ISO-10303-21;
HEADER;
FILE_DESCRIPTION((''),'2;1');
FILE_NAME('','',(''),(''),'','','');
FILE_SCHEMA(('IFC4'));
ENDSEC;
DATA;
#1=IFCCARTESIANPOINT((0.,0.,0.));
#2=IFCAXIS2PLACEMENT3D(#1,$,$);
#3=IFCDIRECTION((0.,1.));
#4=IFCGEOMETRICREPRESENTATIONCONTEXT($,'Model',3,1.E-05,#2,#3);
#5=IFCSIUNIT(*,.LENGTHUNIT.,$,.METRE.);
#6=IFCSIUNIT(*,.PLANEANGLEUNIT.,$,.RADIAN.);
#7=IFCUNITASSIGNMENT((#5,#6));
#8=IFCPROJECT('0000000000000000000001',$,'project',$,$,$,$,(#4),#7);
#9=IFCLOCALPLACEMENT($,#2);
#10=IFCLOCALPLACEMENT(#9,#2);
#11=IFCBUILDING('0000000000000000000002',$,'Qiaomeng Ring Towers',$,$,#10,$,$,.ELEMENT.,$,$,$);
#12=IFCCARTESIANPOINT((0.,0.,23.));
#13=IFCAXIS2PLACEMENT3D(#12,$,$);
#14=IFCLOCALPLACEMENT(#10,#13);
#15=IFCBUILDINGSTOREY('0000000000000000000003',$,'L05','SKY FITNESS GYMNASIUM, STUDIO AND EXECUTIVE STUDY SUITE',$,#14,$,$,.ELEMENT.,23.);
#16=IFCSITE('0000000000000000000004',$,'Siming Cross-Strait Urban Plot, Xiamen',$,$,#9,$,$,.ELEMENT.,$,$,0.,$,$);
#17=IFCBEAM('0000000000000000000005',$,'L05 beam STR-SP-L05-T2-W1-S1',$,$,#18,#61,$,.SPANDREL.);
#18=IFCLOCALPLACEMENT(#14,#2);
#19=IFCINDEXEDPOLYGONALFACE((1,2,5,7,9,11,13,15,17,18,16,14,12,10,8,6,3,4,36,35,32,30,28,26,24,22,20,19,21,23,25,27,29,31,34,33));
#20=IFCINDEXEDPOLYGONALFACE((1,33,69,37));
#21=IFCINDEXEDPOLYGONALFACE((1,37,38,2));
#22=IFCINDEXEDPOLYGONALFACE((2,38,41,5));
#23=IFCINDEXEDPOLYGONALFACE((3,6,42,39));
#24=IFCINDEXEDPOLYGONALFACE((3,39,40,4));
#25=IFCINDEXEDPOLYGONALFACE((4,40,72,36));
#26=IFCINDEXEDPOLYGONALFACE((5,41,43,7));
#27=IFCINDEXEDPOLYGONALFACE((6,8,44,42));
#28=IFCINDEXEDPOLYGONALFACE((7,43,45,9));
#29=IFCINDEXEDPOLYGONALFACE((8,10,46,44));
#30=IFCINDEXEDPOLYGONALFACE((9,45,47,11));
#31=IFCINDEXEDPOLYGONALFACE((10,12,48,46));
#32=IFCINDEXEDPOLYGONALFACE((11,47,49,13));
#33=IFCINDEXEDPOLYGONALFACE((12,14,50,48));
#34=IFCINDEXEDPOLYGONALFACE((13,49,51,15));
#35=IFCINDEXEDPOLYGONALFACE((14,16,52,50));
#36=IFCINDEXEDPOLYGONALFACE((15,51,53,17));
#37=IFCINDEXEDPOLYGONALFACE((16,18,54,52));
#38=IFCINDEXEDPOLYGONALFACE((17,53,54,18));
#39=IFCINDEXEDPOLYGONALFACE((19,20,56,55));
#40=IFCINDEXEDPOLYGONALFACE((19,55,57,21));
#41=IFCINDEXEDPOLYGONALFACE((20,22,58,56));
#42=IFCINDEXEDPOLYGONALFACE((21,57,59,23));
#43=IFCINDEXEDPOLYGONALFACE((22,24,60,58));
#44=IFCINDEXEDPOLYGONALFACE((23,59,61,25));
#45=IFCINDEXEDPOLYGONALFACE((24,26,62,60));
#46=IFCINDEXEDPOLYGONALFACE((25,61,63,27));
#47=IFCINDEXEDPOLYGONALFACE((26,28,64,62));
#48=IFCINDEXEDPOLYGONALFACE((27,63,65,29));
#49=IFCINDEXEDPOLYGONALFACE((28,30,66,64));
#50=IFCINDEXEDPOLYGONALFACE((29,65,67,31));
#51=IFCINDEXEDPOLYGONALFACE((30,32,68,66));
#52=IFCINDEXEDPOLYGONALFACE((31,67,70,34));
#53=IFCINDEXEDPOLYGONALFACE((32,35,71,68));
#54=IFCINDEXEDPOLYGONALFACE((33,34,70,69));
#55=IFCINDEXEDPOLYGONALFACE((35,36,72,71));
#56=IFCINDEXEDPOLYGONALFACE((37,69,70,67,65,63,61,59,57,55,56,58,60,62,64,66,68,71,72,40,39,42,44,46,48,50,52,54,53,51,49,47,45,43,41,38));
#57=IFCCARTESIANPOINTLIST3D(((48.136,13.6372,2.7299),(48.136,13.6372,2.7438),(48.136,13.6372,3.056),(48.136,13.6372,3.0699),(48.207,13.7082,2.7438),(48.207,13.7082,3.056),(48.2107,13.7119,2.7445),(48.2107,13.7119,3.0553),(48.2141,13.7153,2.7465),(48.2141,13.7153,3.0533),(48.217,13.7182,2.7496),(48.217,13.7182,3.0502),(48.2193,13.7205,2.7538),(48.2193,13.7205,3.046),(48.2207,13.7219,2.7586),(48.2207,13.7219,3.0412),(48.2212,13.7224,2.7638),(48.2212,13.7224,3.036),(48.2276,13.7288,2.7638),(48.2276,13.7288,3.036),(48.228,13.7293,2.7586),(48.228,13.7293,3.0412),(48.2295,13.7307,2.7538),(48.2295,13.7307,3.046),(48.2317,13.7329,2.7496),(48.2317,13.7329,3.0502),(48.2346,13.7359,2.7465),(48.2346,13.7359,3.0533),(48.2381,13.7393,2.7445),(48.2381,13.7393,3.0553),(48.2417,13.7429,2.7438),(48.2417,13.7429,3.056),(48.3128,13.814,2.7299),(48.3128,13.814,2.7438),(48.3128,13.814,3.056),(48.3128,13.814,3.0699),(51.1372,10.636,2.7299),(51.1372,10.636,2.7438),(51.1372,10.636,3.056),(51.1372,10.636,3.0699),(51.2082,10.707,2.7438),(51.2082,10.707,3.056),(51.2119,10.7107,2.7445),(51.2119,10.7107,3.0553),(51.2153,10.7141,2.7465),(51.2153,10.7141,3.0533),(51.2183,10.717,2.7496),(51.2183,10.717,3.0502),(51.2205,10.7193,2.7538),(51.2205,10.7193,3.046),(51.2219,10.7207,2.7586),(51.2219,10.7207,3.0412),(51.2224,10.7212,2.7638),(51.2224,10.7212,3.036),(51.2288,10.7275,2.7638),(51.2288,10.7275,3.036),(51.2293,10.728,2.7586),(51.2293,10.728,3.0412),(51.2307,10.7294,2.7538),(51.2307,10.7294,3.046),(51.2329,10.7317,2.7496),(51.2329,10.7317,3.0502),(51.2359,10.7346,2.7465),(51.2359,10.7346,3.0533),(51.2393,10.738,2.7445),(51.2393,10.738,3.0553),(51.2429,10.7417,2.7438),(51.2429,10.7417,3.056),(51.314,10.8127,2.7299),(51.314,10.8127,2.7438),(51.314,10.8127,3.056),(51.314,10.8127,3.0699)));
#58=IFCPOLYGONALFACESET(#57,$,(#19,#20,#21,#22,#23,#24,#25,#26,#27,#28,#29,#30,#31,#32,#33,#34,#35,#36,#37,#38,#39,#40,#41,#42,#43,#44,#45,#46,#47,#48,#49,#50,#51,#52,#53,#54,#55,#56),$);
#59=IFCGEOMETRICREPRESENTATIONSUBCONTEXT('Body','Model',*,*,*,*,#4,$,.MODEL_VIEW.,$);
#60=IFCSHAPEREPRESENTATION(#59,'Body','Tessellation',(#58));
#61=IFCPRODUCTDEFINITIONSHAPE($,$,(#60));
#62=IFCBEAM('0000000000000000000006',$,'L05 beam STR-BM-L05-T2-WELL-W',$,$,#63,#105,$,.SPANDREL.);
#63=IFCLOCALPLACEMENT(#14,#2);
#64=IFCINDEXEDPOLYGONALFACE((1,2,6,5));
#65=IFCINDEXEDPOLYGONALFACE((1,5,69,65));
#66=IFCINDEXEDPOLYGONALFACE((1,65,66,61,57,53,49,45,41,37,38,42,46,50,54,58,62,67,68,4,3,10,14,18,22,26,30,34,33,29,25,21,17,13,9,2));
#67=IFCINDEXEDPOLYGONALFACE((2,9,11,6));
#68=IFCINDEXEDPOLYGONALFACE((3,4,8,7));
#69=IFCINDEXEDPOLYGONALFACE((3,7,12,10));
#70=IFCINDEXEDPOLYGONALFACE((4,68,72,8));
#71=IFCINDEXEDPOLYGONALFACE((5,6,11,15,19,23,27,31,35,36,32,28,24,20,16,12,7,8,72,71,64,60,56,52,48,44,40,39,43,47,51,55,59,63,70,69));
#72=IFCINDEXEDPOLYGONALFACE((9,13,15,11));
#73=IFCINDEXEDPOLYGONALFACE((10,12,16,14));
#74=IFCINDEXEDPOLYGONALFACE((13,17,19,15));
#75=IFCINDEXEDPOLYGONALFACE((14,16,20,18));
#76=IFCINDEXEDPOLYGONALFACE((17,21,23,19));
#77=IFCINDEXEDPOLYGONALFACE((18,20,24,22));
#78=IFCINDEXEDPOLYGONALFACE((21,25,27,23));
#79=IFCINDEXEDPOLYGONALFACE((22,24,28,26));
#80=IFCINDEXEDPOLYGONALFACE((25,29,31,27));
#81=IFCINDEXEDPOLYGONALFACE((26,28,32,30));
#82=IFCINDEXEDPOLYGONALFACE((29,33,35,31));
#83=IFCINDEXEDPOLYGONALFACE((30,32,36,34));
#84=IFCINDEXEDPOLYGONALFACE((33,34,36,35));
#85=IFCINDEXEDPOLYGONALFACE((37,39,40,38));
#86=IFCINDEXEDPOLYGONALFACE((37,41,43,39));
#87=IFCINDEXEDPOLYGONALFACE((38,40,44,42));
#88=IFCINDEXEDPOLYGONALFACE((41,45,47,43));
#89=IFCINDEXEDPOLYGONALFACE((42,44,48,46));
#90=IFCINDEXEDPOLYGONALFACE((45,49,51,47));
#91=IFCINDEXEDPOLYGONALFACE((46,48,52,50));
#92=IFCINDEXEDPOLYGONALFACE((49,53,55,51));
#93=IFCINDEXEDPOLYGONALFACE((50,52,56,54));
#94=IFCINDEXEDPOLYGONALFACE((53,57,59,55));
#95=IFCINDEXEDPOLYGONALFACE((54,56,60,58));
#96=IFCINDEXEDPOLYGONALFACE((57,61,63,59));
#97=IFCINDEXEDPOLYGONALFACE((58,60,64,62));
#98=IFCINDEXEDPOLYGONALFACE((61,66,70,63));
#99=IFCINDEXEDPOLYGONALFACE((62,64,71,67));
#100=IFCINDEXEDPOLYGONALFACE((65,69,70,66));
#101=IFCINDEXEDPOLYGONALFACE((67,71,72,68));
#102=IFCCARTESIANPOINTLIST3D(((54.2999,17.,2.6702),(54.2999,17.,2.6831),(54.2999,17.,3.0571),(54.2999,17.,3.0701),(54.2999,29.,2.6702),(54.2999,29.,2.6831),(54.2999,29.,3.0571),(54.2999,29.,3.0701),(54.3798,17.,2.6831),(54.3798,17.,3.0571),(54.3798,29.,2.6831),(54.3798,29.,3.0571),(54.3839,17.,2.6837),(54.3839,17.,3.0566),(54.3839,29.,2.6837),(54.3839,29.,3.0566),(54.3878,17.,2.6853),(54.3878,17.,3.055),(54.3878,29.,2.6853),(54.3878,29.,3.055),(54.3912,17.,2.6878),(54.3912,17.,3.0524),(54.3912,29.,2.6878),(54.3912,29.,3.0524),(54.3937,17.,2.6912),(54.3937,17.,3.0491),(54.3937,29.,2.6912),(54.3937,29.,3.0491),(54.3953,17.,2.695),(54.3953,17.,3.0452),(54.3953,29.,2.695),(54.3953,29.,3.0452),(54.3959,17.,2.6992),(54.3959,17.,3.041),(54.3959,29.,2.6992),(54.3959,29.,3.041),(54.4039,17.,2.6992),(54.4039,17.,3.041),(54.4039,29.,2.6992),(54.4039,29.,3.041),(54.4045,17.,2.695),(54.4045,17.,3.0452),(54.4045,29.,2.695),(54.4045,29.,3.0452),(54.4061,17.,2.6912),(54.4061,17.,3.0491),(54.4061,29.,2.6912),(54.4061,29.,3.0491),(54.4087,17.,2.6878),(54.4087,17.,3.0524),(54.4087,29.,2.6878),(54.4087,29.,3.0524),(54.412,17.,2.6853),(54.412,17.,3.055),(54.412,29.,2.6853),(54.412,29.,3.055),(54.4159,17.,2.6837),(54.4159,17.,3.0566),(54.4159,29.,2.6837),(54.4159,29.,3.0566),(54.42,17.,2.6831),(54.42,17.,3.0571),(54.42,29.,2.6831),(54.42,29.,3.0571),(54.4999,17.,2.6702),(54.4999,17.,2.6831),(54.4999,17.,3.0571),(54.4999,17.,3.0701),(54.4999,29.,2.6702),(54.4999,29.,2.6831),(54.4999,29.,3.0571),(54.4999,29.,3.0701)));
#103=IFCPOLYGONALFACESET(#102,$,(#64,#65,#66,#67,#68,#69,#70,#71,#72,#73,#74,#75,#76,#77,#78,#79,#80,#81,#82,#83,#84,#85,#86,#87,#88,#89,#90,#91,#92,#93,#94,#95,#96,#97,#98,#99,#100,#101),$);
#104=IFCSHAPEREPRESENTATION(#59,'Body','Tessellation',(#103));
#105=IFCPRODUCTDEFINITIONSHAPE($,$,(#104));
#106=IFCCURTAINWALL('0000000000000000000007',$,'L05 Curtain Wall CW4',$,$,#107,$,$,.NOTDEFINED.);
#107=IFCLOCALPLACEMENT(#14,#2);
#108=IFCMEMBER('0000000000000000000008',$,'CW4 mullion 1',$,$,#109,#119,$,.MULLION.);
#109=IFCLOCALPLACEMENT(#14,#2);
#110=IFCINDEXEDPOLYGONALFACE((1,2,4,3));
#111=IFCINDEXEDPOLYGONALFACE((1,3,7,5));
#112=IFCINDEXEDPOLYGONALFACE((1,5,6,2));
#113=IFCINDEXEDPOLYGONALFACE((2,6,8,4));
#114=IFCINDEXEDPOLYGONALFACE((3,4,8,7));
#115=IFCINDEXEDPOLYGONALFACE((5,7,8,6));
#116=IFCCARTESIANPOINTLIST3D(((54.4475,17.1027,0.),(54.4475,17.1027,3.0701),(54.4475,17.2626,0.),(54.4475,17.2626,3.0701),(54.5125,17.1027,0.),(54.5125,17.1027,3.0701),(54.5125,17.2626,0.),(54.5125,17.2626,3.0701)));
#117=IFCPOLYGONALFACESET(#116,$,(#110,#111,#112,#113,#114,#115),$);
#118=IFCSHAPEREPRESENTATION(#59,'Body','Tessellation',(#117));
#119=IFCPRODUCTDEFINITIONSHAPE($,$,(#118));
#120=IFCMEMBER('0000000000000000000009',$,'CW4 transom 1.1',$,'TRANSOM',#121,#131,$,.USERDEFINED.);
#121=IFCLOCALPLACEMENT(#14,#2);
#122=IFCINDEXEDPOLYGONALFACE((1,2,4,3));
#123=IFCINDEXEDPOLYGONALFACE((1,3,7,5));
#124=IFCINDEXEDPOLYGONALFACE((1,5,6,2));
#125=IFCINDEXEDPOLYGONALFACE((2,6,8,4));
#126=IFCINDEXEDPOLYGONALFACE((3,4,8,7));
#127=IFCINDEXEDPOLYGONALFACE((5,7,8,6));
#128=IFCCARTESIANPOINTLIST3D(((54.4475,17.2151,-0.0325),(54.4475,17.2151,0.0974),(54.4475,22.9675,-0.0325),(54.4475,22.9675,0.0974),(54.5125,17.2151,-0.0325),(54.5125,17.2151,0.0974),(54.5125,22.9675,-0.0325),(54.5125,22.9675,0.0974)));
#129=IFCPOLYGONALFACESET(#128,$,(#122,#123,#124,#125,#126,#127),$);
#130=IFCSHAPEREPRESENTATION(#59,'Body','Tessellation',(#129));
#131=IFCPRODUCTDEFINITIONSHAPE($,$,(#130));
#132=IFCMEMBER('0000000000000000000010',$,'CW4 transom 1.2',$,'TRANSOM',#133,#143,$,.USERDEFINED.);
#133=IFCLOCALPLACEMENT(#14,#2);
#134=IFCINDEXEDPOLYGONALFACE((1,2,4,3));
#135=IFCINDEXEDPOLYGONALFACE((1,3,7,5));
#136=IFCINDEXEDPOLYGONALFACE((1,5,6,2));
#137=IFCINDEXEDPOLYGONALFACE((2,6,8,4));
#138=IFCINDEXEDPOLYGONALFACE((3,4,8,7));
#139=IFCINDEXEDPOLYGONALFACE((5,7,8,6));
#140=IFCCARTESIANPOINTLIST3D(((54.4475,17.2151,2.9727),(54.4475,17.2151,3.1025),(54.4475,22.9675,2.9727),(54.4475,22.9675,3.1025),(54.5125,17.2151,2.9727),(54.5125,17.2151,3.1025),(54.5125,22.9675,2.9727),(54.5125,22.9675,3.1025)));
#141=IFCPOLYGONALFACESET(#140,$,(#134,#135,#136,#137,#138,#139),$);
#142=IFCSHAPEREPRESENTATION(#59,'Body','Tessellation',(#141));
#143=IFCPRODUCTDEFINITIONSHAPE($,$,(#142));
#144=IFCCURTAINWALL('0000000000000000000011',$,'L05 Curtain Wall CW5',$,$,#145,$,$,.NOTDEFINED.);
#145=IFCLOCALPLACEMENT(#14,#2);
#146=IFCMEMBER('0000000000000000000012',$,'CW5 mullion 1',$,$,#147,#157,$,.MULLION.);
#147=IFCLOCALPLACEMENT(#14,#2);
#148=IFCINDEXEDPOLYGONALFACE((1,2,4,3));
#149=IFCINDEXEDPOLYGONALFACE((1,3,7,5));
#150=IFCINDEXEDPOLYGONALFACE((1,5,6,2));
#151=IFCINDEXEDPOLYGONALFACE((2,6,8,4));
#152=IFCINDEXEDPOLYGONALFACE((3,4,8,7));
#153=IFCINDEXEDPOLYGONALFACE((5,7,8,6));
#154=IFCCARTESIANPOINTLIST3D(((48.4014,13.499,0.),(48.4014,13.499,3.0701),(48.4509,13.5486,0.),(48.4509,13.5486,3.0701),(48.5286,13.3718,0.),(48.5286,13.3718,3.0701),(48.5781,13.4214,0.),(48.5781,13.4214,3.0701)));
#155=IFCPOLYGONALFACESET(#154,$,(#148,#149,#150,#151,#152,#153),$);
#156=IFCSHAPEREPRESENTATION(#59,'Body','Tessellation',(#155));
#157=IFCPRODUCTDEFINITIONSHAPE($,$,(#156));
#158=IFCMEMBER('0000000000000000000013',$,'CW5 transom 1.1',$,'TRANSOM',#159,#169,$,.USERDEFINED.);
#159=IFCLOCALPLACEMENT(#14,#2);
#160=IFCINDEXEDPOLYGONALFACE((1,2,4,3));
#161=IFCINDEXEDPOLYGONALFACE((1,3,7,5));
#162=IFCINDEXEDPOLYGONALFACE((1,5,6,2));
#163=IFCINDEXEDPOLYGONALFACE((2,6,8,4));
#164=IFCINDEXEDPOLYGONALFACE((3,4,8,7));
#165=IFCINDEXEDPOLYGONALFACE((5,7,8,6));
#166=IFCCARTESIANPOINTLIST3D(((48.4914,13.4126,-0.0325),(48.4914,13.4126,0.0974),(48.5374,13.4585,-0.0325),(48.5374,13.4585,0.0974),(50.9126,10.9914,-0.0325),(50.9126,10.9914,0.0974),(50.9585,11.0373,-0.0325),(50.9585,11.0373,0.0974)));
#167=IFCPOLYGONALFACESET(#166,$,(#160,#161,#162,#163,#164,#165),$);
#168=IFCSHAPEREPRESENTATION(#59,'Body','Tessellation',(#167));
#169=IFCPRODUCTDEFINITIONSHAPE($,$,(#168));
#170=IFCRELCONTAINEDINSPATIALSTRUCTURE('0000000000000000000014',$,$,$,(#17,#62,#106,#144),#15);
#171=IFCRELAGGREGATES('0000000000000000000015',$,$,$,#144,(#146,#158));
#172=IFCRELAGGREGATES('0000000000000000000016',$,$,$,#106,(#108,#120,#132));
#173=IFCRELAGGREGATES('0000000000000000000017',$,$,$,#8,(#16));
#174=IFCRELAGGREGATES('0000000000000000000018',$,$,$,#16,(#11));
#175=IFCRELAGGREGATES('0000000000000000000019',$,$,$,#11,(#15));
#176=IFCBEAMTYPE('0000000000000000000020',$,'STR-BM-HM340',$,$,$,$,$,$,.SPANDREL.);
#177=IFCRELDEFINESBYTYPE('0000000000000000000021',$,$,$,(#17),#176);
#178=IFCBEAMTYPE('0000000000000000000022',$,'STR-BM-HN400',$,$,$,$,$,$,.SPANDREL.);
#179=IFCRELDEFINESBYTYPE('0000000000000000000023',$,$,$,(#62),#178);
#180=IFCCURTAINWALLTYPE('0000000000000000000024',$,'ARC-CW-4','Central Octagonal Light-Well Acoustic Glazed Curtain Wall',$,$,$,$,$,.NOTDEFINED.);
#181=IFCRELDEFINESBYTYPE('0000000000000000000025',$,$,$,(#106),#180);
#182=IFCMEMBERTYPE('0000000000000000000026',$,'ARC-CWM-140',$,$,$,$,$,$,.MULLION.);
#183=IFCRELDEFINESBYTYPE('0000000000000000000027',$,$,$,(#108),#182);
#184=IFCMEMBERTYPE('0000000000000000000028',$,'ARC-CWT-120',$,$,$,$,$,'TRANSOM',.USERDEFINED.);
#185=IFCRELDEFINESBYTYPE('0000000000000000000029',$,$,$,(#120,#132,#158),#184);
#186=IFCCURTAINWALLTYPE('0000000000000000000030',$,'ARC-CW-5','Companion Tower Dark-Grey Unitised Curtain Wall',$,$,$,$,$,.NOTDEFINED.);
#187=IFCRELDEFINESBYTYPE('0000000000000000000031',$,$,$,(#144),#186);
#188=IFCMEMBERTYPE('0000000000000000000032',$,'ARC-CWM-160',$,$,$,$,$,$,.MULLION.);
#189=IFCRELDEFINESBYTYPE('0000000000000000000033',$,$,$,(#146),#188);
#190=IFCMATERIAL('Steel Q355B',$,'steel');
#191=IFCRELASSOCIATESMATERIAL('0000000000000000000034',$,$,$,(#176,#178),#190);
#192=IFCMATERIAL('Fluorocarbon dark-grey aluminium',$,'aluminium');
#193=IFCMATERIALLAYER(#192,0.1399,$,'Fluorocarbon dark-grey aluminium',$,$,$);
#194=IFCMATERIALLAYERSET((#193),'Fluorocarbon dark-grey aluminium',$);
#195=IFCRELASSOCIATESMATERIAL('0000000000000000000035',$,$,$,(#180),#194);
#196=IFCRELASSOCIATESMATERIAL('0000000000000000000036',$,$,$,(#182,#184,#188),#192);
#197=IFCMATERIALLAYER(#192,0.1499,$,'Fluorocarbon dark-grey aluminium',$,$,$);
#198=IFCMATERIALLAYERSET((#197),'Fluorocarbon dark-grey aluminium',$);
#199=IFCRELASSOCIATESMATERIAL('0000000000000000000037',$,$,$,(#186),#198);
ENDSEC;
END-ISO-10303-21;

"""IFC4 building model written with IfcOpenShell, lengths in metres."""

from ifc_helpers import new_model, si_unit, direction, frame, origin, origin_2d, place, context, subcontext, project, spatial, rectangle, i_section, extrude, source, transform, mapped, material, layer, layer_set, material_profile, profile_set, type_object, element, aggregate, save


model = new_model("IFC4")

# Units and contexts
model_context = context("Model", 3, precision=1e-05, world=origin(), true_north=direction((0.0, 1.0)))
body_context = subcontext(model_context, "Body", "Model", "MODEL_VIEW")
ifc_project = project(units=[si_unit("LENGTHUNIT", "METRE"), si_unit("PLANEANGLEUNIT", "RADIAN")], contexts=[model_context])

# Site, building, storey
site_placement = place(None, origin())
site = spatial("IfcSite", under=ifc_project, at=site_placement, Name="Siming Cross-Strait Urban Plot, Xiamen", CompositionType="ELEMENT", RefElevation=0.0)
building_placement = place(site_placement, origin())
building = spatial("IfcBuilding", under=site, at=building_placement, Name="Qiaomeng Ring Towers", CompositionType="ELEMENT")
storey_placement = place(building_placement, frame((0.0, 0.0, 23.0)))
storey = spatial("IfcBuildingStorey", under=building, at=storey_placement, Name="L05", Description="SKY FITNESS GYMNASIUM, STUDIO AND EXECUTIVE STUDY SUITE", CompositionType="ELEMENT", Elevation=23.0)

# Beams
ifc_material_1 = material(Name="Steel Q355B", Category="steel")
ifc_material_profile_1 = material_profile(ifc_material_1, i_section(OverallWidth=0.25, OverallDepth=0.3401, WebThickness=0.009, FlangeThickness=0.0139, FilletRadius=0.02, at=origin_2d()), Name="HM 340x250x9x14")
ifc_profile_set_1 = profile_set([ifc_material_profile_1], Name="Steel Q355B")
beam_type_1 = type_object("IfcBeamType", Name="STR-BM-HM340", PredefinedType="SPANDREL", material=ifc_profile_set_1)
shared_shape_1 = source(origin(), body_context, "Body", "SweptSolid", [
    extrude(i_section(OverallWidth=0.25, OverallDepth=0.3401, WebThickness=0.009, FlangeThickness=0.0139, FilletRadius=0.02, at=origin_2d()), origin(), (0.0, 0.0, 1.0), 4.2444),
])
beam_1_placement = place(storey_placement, frame((48.2244, 13.7256, 2.8999), z_axis=(0.707107, -0.707107, 0.0), x_axis=(0.707107, 0.707107, 0.0)))
element("IfcBeam", 1, at=beam_1_placement, inside=storey, type_object=beam_type_1, Name="L05 beam STR-SP-L05-T2-W1-S1", PredefinedType="SPANDREL", context=body_context, shape_type="MappedRepresentation", body=[
    mapped(shared_shape_1, transform((0.0, 0.0, 0.0), x_axis=(1.0, 0.0, 0.0), y_axis=(0.0, 1.0, 0.0), z_axis=(0.0, 0.0, 1.0), scale=1.0)),
])
ifc_material_profile_2 = material_profile(ifc_material_1, i_section(OverallWidth=0.2, OverallDepth=0.3999, WebThickness=0.0081, FlangeThickness=0.0129, FilletRadius=0.0161, at=origin_2d()), Name="HN 400x200x8x13")
ifc_profile_set_2 = profile_set([ifc_material_profile_2], Name="Steel Q355B")
beam_type_2 = type_object("IfcBeamType", Name="STR-BM-HN400", PredefinedType="SPANDREL", material=ifc_profile_set_2)
shared_shape_2 = source(origin(), body_context, "Body", "SweptSolid", [
    extrude(i_section(OverallWidth=0.2, OverallDepth=0.3999, WebThickness=0.0081, FlangeThickness=0.0129, FilletRadius=0.0161, at=origin_2d()), origin(), (0.0, 0.0, 1.0), 12.0),
])
beam_2_placement = place(storey_placement, frame((54.3999, 17.0, 2.8701), z_axis=(0.0, 1.0, 0.0), x_axis=(-1.0, 0.0, 0.0)))
element("IfcBeam", 2, at=beam_2_placement, inside=storey, type_object=beam_type_2, Name="L05 beam STR-BM-L05-T2-WELL-W", PredefinedType="SPANDREL", context=body_context, shape_type="MappedRepresentation", body=[
    mapped(shared_shape_2, transform((0.0, 0.0, 0.0), x_axis=(1.0, 0.0, 0.0), y_axis=(0.0, 1.0, 0.0), z_axis=(0.0, 0.0, 1.0), scale=1.0)),
])

# Curtain walls, members
ifc_material_2 = material(Name="Fluorocarbon dark-grey aluminium", Category="aluminium")
ifc_layer_1 = layer(ifc_material_2, 0.1399, Name="Fluorocarbon dark-grey aluminium")
ifc_layer_set_1 = layer_set([ifc_layer_1], Name="Fluorocarbon dark-grey aluminium")
curtain_wall_type_1 = type_object("IfcCurtainWallType", Name="ARC-CW-4", Description="Central Octagonal Light-Well Acoustic Glazed Curtain Wall", PredefinedType="NOTDEFINED", material=ifc_layer_set_1)
curtain_wall_1_placement = place(storey_placement, origin())
curtain_wall_1 = element("IfcCurtainWall", 3, at=curtain_wall_1_placement, inside=storey, type_object=curtain_wall_type_1, Name="L05 Curtain Wall CW4", PredefinedType="NOTDEFINED")
ifc_material_profile_3 = material_profile(ifc_material_2, rectangle(XDim=0.0649, YDim=0.1599, at=origin_2d()), Name="ALU MULL 65x160")
ifc_profile_set_3 = profile_set([ifc_material_profile_3], Name="Fluorocarbon dark-grey aluminium")
member_type_1 = type_object("IfcMemberType", Name="ARC-CWM-140", PredefinedType="MULLION", material=ifc_profile_set_3)
shared_shape_3 = source(origin(), body_context, "Body", "SweptSolid", [
    extrude(rectangle(XDim=0.0649, YDim=0.1599, at=origin_2d()), origin(), (0.0, 0.0, 1.0), 3.0701),
])
member_1_placement = place(storey_placement, frame((54.48, 17.1826, 0.0), z_axis=(0.0, 0.0, 1.0), x_axis=(-1.0, 0.0, 0.0)))
member_1 = element("IfcMember", 4, at=member_1_placement, type_object=member_type_1, Name="CW4 mullion 1", PredefinedType="MULLION", context=body_context, shape_type="MappedRepresentation", body=[
    mapped(shared_shape_3, transform((0.0, 0.0, 0.0), x_axis=(1.0, 0.0, 0.0), y_axis=(0.0, 1.0, 0.0), z_axis=(0.0, 0.0, 1.0), scale=1.0)),
])
ifc_material_profile_4 = material_profile(ifc_material_2, rectangle(XDim=0.0649, YDim=0.1299, at=origin_2d()), Name="ALU TRAN 65x130")
ifc_profile_set_4 = profile_set([ifc_material_profile_4], Name="Fluorocarbon dark-grey aluminium")
member_type_2 = type_object("IfcMemberType", Name="ARC-CWT-120", ElementType="TRANSOM", PredefinedType="USERDEFINED", material=ifc_profile_set_4)
shared_shape_4 = source(origin(), body_context, "Body", "SweptSolid", [
    extrude(rectangle(XDim=0.0649, YDim=0.1299, at=origin_2d()), origin(), (0.0, 0.0, 1.0), 5.7524),
])
member_2_placement = place(storey_placement, frame((54.48, 17.2151, 0.0325), z_axis=(0.0, 1.0, 0.0), x_axis=(-1.0, 0.0, 0.0)))
member_2 = element("IfcMember", 5, at=member_2_placement, type_object=member_type_2, Name="CW4 transom 1.1", ObjectType="TRANSOM", PredefinedType="USERDEFINED", context=body_context, shape_type="MappedRepresentation", body=[
    mapped(shared_shape_4, transform((0.0, 0.0, 0.0), x_axis=(1.0, 0.0, 0.0), y_axis=(0.0, 1.0, 0.0), z_axis=(0.0, 0.0, 1.0), scale=1.0)),
])
member_3_placement = place(storey_placement, frame((54.48, 17.2151, 3.0376), z_axis=(0.0, 1.0, 0.0), x_axis=(-1.0, 0.0, 0.0)))
member_3 = element("IfcMember", 6, at=member_3_placement, type_object=member_type_2, Name="CW4 transom 1.2", ObjectType="TRANSOM", PredefinedType="USERDEFINED", context=body_context, shape_type="MappedRepresentation", body=[
    mapped(shared_shape_4, transform((0.0, 0.0, 0.0), x_axis=(1.0, 0.0, 0.0), y_axis=(0.0, 1.0, 0.0), z_axis=(0.0, 0.0, 1.0), scale=1.0)),
])
ifc_layer_2 = layer(ifc_material_2, 0.1499, Name="Fluorocarbon dark-grey aluminium")
ifc_layer_set_2 = layer_set([ifc_layer_2], Name="Fluorocarbon dark-grey aluminium")
curtain_wall_type_2 = type_object("IfcCurtainWallType", Name="ARC-CW-5", Description="Companion Tower Dark-Grey Unitised Curtain Wall", PredefinedType="NOTDEFINED", material=ifc_layer_set_2)
curtain_wall_2_placement = place(storey_placement, origin())
curtain_wall_2 = element("IfcCurtainWall", 7, at=curtain_wall_2_placement, inside=storey, type_object=curtain_wall_type_2, Name="L05 Curtain Wall CW5", PredefinedType="NOTDEFINED")
ifc_material_profile_5 = material_profile(ifc_material_2, rectangle(XDim=0.0701, YDim=0.1799, at=origin_2d()), Name="ALU MULL 70x180")
ifc_profile_set_5 = profile_set([ifc_material_profile_5], Name="Fluorocarbon dark-grey aluminium")
member_type_3 = type_object("IfcMemberType", Name="ARC-CWM-160", PredefinedType="MULLION", material=ifc_profile_set_5)
shared_shape_5 = source(origin(), body_context, "Body", "SweptSolid", [
    extrude(rectangle(XDim=0.0701, YDim=0.1799, at=origin_2d()), origin(), (0.0, 0.0, 1.0), 3.0701),
])
member_4_placement = place(storey_placement, frame((48.4897, 13.4602, 0.0), z_axis=(0.0, 0.0, 1.0), x_axis=(0.707107, 0.707107, 0.0)))
member_4 = element("IfcMember", 8, at=member_4_placement, type_object=member_type_3, Name="CW5 mullion 1", PredefinedType="MULLION", context=body_context, shape_type="MappedRepresentation", body=[
    mapped(shared_shape_5, transform((0.0, 0.0, 0.0), x_axis=(1.0, 0.0, 0.0), y_axis=(0.0, 1.0, 0.0), z_axis=(0.0, 0.0, 1.0), scale=1.0)),
])
shared_shape_6 = source(origin(), body_context, "Body", "SweptSolid", [
    extrude(rectangle(XDim=0.0649, YDim=0.1299, at=origin_2d()), origin(), (0.0, 0.0, 1.0), 3.4241),
])
member_5_placement = place(storey_placement, frame((48.5144, 13.4355, 0.0325), z_axis=(0.707107, -0.707107, 0.0), x_axis=(0.707107, 0.707107, 0.0)))
member_5 = element("IfcMember", 9, at=member_5_placement, type_object=member_type_2, Name="CW5 transom 1.1", ObjectType="TRANSOM", PredefinedType="USERDEFINED", context=body_context, shape_type="MappedRepresentation", body=[
    mapped(shared_shape_6, transform((0.0, 0.0, 0.0), x_axis=(1.0, 0.0, 0.0), y_axis=(0.0, 1.0, 0.0), z_axis=(0.0, 0.0, 1.0), scale=1.0)),
])
aggregate(curtain_wall_2, [member_4, member_5])

aggregate(curtain_wall_1, [member_1, member_2, member_3])

save(model, "model.ifc")
